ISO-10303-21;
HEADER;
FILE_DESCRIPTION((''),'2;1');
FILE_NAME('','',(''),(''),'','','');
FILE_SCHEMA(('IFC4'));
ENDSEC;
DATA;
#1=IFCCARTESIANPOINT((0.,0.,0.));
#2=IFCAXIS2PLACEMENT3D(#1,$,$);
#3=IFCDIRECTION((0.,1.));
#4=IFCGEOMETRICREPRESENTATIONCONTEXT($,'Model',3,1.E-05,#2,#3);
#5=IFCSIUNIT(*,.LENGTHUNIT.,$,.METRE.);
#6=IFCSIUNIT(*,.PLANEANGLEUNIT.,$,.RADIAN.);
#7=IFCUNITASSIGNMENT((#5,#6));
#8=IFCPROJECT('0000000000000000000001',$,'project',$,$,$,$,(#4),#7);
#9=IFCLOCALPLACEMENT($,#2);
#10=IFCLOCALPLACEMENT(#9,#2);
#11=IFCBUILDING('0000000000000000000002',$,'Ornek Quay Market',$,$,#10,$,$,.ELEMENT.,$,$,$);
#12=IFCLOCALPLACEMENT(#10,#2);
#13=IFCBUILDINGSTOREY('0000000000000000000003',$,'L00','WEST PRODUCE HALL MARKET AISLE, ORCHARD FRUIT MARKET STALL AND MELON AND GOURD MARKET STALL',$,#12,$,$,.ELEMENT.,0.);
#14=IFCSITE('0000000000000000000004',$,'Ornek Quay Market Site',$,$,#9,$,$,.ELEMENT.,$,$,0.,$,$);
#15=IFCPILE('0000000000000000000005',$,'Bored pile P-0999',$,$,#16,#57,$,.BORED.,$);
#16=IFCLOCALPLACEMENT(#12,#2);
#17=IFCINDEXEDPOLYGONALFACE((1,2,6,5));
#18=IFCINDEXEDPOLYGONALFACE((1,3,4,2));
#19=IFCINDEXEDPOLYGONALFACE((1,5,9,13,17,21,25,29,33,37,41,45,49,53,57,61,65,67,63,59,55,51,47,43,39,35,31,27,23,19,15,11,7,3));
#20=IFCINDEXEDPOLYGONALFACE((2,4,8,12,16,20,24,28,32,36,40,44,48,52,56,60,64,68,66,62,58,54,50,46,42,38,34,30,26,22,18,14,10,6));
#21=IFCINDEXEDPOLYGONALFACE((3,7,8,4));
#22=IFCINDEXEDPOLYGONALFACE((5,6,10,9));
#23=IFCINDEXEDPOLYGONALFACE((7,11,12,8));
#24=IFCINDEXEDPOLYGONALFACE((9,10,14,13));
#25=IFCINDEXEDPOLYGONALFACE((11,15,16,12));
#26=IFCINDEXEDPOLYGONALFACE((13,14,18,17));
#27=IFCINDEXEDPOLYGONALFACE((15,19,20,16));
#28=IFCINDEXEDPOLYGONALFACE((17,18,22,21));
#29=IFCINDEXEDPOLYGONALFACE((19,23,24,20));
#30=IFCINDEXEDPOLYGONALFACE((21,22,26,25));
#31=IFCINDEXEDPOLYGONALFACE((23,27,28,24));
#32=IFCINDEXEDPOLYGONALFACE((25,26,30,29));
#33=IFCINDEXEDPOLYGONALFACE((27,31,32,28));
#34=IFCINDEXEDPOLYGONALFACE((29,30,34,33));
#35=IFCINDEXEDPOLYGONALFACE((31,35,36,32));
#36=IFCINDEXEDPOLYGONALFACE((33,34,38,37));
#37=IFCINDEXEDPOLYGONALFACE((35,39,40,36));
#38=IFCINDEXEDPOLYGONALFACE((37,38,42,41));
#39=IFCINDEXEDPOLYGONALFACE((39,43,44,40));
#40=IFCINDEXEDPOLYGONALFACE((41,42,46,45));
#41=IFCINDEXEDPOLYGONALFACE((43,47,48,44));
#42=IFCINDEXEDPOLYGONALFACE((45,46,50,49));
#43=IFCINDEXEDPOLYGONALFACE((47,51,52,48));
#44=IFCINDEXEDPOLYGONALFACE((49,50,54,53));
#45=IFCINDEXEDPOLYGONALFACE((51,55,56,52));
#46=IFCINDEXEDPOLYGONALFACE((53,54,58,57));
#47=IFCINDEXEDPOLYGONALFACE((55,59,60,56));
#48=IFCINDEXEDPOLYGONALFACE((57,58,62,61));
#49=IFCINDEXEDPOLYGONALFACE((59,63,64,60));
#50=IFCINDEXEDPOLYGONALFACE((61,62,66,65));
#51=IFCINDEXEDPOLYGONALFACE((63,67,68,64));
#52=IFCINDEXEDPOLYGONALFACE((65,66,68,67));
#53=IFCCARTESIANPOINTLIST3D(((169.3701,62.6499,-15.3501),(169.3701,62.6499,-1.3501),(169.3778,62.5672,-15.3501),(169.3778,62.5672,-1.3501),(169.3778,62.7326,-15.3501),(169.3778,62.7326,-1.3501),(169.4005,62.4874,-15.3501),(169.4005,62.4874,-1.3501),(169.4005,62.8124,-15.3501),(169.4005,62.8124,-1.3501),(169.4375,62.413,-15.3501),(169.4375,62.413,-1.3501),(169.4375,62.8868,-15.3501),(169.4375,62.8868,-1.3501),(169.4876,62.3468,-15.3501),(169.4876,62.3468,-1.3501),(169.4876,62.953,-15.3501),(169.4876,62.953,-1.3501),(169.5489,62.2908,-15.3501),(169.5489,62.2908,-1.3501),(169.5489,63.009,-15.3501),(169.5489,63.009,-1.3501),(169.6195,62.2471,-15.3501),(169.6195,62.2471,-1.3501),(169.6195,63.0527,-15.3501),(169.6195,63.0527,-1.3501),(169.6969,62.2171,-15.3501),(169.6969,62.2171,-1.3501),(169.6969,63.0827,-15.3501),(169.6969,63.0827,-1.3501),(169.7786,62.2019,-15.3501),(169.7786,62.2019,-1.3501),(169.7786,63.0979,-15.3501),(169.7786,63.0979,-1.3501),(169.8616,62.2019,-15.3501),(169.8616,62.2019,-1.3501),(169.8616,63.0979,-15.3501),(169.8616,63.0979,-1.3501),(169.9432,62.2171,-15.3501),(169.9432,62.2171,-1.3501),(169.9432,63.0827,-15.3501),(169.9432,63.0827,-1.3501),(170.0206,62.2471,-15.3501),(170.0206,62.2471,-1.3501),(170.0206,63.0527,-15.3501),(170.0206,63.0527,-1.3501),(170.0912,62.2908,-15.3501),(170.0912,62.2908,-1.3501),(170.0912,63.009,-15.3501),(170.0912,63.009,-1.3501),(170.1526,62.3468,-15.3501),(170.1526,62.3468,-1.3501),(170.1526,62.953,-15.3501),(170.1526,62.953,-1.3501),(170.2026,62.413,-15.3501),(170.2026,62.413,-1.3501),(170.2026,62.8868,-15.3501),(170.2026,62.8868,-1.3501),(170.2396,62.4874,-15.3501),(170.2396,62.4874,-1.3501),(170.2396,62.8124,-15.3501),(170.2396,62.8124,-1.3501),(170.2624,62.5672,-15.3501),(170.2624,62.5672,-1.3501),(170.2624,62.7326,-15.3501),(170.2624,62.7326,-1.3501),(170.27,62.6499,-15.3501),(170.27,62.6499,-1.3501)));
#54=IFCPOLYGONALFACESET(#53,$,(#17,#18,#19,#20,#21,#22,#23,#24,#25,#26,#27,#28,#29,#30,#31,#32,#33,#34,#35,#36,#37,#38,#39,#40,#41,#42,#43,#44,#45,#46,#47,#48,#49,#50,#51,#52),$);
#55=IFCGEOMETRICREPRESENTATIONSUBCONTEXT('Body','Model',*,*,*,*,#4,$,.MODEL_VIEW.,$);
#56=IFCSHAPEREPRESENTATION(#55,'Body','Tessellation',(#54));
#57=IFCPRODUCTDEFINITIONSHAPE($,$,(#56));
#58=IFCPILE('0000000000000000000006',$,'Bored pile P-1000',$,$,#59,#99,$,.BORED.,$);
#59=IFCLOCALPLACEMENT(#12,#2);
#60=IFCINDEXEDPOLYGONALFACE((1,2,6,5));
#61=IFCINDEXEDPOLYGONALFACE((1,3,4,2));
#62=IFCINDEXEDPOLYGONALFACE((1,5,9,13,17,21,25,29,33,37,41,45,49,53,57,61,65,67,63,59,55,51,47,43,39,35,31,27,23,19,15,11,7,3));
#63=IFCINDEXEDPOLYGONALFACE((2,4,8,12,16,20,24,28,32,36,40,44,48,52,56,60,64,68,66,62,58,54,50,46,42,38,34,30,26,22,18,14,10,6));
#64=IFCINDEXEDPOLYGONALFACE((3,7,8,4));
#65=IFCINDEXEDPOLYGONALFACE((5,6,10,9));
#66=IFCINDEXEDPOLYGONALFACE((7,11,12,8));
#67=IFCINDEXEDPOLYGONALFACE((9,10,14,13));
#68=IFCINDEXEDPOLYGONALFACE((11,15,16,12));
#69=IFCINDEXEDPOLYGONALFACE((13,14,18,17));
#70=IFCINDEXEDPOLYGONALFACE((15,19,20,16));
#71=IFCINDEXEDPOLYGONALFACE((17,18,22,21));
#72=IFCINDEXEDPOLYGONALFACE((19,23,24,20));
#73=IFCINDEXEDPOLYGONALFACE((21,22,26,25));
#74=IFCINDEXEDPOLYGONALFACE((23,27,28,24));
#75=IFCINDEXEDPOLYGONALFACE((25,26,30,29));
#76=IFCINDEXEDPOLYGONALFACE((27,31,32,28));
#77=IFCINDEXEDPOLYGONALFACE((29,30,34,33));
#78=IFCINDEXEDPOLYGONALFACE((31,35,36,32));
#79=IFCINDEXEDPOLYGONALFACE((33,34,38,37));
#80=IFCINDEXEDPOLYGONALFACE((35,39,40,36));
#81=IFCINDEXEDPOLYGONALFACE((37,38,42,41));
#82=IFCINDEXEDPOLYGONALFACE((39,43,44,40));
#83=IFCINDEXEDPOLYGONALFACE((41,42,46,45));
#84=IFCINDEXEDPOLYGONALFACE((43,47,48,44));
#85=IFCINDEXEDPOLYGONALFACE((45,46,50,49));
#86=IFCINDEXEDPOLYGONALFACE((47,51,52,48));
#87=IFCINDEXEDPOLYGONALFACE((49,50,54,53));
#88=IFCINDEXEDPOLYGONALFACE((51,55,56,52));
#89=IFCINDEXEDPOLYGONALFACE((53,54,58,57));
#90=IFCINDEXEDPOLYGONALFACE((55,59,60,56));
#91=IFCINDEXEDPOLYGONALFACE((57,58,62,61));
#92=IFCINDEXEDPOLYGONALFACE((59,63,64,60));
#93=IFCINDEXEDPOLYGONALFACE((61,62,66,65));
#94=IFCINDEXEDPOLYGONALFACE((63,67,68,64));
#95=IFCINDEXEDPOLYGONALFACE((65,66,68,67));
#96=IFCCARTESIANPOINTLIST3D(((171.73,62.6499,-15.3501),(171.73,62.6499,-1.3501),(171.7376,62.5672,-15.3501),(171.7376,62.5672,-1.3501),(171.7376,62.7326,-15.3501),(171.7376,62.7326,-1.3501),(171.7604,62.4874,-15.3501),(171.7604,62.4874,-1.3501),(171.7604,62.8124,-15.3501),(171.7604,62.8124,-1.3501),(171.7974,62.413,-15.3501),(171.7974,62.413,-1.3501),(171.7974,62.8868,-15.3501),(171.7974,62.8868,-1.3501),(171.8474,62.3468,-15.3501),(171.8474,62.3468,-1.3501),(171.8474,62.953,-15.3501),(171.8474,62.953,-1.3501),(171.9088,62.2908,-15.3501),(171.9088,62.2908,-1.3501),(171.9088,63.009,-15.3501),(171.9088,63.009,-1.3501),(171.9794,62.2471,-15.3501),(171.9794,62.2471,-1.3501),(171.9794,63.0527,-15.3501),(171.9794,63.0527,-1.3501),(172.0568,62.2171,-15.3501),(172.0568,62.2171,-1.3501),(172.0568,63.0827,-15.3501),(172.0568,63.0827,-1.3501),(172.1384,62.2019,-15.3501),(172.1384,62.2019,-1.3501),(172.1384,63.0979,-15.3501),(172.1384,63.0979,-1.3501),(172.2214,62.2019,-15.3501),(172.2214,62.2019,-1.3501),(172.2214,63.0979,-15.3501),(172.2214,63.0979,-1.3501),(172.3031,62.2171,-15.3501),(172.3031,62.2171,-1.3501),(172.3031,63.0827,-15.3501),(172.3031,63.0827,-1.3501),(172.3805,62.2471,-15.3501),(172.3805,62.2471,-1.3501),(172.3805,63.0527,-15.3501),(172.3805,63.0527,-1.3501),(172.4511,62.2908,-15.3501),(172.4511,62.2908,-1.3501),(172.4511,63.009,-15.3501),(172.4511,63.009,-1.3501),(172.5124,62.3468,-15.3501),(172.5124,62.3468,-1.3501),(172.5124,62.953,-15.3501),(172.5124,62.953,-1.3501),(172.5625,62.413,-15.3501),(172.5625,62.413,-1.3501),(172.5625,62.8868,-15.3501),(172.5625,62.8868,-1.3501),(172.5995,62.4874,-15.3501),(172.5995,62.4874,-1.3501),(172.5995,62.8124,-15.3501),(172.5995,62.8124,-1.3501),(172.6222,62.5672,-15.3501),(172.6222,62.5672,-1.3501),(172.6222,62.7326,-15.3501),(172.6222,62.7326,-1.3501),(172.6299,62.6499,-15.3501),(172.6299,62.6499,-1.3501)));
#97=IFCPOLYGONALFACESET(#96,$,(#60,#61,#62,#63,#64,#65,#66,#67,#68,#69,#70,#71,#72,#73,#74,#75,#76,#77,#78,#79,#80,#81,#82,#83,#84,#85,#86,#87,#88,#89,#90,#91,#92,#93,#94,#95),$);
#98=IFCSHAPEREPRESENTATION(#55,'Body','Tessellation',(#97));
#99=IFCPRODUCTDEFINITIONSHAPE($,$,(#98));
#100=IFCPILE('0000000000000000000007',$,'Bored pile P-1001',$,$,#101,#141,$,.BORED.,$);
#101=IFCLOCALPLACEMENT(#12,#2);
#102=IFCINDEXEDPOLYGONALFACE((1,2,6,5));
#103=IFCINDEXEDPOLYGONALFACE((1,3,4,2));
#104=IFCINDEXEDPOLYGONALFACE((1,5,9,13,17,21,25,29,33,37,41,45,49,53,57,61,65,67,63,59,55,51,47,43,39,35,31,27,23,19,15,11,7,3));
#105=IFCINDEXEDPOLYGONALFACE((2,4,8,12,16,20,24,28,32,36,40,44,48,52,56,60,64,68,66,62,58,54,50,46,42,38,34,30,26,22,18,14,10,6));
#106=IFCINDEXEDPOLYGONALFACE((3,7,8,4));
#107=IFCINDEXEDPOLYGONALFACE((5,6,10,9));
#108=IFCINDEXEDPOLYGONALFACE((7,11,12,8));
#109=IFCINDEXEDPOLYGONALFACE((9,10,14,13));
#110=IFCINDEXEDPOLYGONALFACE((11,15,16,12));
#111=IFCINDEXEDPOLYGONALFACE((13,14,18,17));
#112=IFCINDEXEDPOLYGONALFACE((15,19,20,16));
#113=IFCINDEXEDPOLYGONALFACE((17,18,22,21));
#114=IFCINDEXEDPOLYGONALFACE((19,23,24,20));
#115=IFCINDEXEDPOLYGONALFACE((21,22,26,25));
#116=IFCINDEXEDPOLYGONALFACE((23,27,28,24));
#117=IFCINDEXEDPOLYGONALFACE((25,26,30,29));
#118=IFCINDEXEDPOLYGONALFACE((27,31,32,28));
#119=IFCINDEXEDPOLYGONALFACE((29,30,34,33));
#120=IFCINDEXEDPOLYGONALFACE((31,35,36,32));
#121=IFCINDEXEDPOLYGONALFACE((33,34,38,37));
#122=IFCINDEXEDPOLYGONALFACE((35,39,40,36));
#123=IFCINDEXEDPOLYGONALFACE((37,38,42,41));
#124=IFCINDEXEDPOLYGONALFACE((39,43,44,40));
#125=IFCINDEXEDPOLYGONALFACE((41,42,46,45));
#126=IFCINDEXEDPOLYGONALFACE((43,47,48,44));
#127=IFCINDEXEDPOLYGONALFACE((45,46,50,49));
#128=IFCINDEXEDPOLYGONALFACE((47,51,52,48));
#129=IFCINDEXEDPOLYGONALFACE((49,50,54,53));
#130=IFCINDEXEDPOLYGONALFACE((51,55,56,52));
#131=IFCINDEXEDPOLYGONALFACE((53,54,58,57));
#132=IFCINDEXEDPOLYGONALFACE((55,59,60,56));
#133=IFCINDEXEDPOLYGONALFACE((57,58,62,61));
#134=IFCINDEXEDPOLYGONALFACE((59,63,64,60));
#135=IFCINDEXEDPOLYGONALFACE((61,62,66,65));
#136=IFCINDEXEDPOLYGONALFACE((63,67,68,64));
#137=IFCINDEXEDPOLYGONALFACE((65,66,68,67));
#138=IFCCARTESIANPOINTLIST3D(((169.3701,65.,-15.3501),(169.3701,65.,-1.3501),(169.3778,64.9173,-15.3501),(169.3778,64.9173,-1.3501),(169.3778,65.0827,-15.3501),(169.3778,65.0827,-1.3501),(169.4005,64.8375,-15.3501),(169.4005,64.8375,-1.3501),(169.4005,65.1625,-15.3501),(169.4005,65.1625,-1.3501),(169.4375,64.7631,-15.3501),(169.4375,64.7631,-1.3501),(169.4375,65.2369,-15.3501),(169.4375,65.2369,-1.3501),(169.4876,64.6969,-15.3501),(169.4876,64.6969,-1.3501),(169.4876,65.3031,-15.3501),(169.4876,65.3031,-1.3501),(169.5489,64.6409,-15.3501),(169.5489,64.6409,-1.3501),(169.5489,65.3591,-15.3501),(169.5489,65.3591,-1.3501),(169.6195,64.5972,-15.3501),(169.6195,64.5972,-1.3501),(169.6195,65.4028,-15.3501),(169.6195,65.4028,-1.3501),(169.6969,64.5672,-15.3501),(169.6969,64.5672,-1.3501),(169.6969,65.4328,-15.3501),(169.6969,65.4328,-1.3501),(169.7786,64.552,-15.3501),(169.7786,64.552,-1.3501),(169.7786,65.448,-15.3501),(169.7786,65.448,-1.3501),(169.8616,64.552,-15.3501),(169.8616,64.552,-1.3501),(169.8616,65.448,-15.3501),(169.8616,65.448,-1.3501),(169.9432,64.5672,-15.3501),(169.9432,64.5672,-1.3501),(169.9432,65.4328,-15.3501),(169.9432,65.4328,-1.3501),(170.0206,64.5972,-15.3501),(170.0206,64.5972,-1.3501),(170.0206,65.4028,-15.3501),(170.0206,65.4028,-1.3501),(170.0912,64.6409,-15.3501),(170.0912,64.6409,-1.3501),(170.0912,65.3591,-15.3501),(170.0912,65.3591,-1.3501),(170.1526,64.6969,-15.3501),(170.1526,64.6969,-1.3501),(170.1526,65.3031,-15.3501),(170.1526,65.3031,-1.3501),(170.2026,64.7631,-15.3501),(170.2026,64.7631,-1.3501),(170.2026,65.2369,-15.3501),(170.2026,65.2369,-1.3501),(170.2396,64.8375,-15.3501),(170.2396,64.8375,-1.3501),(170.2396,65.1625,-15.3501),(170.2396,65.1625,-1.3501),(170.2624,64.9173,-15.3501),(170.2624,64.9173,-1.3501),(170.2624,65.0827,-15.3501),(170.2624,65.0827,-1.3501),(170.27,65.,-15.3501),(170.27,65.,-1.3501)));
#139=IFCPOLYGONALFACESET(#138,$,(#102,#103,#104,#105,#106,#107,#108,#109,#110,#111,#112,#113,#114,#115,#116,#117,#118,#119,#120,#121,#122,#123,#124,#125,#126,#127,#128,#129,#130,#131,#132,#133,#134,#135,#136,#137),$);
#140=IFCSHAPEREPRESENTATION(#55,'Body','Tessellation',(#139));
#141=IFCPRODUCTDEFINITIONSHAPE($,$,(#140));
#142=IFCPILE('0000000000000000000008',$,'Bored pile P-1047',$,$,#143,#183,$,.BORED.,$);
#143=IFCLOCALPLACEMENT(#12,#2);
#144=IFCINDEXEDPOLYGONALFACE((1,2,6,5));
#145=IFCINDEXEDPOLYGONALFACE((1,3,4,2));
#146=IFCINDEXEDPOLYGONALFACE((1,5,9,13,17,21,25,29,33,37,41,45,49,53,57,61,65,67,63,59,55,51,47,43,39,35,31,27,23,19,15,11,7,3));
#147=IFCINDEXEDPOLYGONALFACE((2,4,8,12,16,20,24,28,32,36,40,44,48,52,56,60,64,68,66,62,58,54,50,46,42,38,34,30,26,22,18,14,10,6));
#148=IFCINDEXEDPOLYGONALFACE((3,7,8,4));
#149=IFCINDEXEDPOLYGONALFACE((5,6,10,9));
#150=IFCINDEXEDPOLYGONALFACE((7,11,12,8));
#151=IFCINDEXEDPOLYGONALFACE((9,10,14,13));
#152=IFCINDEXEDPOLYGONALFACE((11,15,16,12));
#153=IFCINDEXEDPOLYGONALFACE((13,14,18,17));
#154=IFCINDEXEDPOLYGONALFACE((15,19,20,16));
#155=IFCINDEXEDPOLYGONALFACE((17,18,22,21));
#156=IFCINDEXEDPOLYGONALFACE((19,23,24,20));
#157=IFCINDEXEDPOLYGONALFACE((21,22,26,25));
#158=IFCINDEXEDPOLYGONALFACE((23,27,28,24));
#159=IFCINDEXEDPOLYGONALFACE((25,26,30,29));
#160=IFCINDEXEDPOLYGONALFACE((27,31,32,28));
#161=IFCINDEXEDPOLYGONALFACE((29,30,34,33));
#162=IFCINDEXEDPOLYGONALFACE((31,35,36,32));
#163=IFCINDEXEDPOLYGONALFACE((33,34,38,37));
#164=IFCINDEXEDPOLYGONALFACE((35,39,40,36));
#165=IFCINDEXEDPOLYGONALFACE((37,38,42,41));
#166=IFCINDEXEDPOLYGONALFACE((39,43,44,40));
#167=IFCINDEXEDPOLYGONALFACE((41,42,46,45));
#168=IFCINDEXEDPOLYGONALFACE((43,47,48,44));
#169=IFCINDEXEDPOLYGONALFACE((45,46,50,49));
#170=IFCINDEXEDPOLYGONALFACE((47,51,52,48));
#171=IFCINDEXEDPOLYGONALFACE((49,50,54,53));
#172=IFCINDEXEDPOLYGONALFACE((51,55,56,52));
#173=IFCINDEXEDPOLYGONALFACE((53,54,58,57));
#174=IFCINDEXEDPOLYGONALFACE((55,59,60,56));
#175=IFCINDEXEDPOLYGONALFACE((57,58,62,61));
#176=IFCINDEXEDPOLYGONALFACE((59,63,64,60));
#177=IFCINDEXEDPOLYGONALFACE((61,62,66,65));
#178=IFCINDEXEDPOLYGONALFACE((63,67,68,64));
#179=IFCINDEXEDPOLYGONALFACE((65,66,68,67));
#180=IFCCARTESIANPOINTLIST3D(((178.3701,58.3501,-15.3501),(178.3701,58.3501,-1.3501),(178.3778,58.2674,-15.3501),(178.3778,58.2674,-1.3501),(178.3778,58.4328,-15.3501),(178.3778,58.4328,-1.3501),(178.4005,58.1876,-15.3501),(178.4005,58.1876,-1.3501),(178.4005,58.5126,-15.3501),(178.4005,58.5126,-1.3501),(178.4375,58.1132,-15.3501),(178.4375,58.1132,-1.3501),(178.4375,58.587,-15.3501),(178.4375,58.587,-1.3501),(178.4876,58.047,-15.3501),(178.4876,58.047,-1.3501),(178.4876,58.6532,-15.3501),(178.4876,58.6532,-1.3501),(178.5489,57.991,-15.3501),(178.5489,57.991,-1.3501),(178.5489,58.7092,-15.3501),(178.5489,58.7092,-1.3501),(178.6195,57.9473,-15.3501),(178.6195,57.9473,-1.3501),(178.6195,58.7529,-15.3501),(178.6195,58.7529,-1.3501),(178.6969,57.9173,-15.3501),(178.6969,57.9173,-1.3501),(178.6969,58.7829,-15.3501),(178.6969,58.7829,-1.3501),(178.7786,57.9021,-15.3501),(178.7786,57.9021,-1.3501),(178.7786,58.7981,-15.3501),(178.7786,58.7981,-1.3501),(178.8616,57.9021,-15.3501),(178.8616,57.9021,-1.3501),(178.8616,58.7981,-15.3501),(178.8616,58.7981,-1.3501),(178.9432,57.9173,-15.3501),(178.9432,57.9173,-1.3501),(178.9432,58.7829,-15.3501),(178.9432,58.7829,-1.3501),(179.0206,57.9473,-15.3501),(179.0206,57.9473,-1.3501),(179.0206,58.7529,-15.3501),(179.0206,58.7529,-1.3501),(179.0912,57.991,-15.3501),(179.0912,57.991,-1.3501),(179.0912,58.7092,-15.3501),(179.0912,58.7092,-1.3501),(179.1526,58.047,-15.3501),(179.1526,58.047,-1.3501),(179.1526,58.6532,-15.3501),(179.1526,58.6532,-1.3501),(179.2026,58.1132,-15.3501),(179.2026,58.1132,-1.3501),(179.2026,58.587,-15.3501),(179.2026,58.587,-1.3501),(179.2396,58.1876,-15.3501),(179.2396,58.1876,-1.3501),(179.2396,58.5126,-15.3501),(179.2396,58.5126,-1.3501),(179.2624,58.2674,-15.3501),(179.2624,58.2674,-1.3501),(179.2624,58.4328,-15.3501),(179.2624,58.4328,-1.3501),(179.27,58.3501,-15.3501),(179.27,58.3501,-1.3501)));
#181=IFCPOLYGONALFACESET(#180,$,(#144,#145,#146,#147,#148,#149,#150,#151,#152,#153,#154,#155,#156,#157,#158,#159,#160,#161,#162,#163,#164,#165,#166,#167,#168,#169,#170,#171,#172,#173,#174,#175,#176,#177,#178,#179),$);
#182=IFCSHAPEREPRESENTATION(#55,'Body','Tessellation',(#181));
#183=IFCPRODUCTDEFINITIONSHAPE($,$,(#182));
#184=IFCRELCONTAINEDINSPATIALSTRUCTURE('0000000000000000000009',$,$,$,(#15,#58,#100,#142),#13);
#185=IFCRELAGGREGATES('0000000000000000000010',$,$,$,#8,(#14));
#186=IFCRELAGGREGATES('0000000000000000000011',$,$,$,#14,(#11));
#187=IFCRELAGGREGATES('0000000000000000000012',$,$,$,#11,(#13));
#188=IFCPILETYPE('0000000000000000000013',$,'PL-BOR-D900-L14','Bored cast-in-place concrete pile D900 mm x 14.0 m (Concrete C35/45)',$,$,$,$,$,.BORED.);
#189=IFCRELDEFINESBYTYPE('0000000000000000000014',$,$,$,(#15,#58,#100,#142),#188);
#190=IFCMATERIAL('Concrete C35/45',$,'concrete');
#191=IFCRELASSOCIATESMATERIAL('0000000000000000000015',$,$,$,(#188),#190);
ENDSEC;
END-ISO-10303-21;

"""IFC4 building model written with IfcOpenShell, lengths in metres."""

from ifc_helpers import new_model, si_unit, direction, frame, origin, origin_2d, place, context, subcontext, project, spatial, circle, extrude, material, material_profile, profile_set, type_object, element, save


model = new_model("IFC4")

# Units and contexts
model_context = context("Model", 3, precision=1e-05, world=origin(), true_north=direction((0.0, 1.0)))
body_context = subcontext(model_context, "Body", "Model", "MODEL_VIEW")
ifc_project = project(units=[si_unit("LENGTHUNIT", "METRE"), si_unit("PLANEANGLEUNIT", "RADIAN")], contexts=[model_context])

# Site, building, storey
site_placement = place(None, origin())
site = spatial("IfcSite", under=ifc_project, at=site_placement, Name="Ornek Quay Market Site", CompositionType="ELEMENT", RefElevation=0.0)
building_placement = place(site_placement, origin())
building = spatial("IfcBuilding", under=site, at=building_placement, Name="Ornek Quay Market", CompositionType="ELEMENT")
storey_placement = place(building_placement, origin())
storey = spatial("IfcBuildingStorey", under=building, at=storey_placement, Name="L00", Description="WEST PRODUCE HALL MARKET AISLE, ORCHARD FRUIT MARKET STALL AND MELON AND GOURD MARKET STALL", CompositionType="ELEMENT", Elevation=0.0)

# Piles
ifc_material_1 = material(Name="Concrete C35/45", Category="concrete")
ifc_material_profile_1 = material_profile(ifc_material_1, circle(Radius=0.45, at=origin_2d()), Name="PILE D900", Category="concrete")
ifc_profile_set_1 = profile_set([ifc_material_profile_1], Name="Concrete C35/45")
pile_type = type_object("IfcPileType", Name="PL-BOR-D900-L14", Description="Bored cast-in-place concrete pile D900 mm x 14.0 m (Concrete C35/45)", PredefinedType="BORED", material=ifc_profile_set_1)
for number, where, z_axis, x_axis, name in (
    (1, (169.8201, 62.6499, -1.3501), (0.0, 0.0, -1.0), (1.0, 0.0, 0.0), "Bored pile P-0999"),
    (2, (172.1799, 62.6499, -1.3501), (0.0, 0.0, -1.0), (1.0, 0.0, 0.0), "Bored pile P-1000"),
    (3, (169.8201, 65.0, -1.3501), (0.0, 0.0, -1.0), (1.0, 0.0, 0.0), "Bored pile P-1001"),
    (4, (178.8201, 58.3501, -1.3501), (0.0, 0.0, -1.0), (1.0, 0.0, 0.0), "Bored pile P-1047"),
):
    element("IfcPile", number, at=place(storey_placement, frame(where, z_axis=z_axis, x_axis=x_axis)), inside=storey, type_object=pile_type, Name=name, PredefinedType="BORED", context=body_context, shape_type="SweptSolid", body=[
        extrude(circle(Radius=0.45, at=origin_2d()), origin(), (0.0, 0.0, 1.0), 14.0),
    ])

save(model, "model.ifc")
